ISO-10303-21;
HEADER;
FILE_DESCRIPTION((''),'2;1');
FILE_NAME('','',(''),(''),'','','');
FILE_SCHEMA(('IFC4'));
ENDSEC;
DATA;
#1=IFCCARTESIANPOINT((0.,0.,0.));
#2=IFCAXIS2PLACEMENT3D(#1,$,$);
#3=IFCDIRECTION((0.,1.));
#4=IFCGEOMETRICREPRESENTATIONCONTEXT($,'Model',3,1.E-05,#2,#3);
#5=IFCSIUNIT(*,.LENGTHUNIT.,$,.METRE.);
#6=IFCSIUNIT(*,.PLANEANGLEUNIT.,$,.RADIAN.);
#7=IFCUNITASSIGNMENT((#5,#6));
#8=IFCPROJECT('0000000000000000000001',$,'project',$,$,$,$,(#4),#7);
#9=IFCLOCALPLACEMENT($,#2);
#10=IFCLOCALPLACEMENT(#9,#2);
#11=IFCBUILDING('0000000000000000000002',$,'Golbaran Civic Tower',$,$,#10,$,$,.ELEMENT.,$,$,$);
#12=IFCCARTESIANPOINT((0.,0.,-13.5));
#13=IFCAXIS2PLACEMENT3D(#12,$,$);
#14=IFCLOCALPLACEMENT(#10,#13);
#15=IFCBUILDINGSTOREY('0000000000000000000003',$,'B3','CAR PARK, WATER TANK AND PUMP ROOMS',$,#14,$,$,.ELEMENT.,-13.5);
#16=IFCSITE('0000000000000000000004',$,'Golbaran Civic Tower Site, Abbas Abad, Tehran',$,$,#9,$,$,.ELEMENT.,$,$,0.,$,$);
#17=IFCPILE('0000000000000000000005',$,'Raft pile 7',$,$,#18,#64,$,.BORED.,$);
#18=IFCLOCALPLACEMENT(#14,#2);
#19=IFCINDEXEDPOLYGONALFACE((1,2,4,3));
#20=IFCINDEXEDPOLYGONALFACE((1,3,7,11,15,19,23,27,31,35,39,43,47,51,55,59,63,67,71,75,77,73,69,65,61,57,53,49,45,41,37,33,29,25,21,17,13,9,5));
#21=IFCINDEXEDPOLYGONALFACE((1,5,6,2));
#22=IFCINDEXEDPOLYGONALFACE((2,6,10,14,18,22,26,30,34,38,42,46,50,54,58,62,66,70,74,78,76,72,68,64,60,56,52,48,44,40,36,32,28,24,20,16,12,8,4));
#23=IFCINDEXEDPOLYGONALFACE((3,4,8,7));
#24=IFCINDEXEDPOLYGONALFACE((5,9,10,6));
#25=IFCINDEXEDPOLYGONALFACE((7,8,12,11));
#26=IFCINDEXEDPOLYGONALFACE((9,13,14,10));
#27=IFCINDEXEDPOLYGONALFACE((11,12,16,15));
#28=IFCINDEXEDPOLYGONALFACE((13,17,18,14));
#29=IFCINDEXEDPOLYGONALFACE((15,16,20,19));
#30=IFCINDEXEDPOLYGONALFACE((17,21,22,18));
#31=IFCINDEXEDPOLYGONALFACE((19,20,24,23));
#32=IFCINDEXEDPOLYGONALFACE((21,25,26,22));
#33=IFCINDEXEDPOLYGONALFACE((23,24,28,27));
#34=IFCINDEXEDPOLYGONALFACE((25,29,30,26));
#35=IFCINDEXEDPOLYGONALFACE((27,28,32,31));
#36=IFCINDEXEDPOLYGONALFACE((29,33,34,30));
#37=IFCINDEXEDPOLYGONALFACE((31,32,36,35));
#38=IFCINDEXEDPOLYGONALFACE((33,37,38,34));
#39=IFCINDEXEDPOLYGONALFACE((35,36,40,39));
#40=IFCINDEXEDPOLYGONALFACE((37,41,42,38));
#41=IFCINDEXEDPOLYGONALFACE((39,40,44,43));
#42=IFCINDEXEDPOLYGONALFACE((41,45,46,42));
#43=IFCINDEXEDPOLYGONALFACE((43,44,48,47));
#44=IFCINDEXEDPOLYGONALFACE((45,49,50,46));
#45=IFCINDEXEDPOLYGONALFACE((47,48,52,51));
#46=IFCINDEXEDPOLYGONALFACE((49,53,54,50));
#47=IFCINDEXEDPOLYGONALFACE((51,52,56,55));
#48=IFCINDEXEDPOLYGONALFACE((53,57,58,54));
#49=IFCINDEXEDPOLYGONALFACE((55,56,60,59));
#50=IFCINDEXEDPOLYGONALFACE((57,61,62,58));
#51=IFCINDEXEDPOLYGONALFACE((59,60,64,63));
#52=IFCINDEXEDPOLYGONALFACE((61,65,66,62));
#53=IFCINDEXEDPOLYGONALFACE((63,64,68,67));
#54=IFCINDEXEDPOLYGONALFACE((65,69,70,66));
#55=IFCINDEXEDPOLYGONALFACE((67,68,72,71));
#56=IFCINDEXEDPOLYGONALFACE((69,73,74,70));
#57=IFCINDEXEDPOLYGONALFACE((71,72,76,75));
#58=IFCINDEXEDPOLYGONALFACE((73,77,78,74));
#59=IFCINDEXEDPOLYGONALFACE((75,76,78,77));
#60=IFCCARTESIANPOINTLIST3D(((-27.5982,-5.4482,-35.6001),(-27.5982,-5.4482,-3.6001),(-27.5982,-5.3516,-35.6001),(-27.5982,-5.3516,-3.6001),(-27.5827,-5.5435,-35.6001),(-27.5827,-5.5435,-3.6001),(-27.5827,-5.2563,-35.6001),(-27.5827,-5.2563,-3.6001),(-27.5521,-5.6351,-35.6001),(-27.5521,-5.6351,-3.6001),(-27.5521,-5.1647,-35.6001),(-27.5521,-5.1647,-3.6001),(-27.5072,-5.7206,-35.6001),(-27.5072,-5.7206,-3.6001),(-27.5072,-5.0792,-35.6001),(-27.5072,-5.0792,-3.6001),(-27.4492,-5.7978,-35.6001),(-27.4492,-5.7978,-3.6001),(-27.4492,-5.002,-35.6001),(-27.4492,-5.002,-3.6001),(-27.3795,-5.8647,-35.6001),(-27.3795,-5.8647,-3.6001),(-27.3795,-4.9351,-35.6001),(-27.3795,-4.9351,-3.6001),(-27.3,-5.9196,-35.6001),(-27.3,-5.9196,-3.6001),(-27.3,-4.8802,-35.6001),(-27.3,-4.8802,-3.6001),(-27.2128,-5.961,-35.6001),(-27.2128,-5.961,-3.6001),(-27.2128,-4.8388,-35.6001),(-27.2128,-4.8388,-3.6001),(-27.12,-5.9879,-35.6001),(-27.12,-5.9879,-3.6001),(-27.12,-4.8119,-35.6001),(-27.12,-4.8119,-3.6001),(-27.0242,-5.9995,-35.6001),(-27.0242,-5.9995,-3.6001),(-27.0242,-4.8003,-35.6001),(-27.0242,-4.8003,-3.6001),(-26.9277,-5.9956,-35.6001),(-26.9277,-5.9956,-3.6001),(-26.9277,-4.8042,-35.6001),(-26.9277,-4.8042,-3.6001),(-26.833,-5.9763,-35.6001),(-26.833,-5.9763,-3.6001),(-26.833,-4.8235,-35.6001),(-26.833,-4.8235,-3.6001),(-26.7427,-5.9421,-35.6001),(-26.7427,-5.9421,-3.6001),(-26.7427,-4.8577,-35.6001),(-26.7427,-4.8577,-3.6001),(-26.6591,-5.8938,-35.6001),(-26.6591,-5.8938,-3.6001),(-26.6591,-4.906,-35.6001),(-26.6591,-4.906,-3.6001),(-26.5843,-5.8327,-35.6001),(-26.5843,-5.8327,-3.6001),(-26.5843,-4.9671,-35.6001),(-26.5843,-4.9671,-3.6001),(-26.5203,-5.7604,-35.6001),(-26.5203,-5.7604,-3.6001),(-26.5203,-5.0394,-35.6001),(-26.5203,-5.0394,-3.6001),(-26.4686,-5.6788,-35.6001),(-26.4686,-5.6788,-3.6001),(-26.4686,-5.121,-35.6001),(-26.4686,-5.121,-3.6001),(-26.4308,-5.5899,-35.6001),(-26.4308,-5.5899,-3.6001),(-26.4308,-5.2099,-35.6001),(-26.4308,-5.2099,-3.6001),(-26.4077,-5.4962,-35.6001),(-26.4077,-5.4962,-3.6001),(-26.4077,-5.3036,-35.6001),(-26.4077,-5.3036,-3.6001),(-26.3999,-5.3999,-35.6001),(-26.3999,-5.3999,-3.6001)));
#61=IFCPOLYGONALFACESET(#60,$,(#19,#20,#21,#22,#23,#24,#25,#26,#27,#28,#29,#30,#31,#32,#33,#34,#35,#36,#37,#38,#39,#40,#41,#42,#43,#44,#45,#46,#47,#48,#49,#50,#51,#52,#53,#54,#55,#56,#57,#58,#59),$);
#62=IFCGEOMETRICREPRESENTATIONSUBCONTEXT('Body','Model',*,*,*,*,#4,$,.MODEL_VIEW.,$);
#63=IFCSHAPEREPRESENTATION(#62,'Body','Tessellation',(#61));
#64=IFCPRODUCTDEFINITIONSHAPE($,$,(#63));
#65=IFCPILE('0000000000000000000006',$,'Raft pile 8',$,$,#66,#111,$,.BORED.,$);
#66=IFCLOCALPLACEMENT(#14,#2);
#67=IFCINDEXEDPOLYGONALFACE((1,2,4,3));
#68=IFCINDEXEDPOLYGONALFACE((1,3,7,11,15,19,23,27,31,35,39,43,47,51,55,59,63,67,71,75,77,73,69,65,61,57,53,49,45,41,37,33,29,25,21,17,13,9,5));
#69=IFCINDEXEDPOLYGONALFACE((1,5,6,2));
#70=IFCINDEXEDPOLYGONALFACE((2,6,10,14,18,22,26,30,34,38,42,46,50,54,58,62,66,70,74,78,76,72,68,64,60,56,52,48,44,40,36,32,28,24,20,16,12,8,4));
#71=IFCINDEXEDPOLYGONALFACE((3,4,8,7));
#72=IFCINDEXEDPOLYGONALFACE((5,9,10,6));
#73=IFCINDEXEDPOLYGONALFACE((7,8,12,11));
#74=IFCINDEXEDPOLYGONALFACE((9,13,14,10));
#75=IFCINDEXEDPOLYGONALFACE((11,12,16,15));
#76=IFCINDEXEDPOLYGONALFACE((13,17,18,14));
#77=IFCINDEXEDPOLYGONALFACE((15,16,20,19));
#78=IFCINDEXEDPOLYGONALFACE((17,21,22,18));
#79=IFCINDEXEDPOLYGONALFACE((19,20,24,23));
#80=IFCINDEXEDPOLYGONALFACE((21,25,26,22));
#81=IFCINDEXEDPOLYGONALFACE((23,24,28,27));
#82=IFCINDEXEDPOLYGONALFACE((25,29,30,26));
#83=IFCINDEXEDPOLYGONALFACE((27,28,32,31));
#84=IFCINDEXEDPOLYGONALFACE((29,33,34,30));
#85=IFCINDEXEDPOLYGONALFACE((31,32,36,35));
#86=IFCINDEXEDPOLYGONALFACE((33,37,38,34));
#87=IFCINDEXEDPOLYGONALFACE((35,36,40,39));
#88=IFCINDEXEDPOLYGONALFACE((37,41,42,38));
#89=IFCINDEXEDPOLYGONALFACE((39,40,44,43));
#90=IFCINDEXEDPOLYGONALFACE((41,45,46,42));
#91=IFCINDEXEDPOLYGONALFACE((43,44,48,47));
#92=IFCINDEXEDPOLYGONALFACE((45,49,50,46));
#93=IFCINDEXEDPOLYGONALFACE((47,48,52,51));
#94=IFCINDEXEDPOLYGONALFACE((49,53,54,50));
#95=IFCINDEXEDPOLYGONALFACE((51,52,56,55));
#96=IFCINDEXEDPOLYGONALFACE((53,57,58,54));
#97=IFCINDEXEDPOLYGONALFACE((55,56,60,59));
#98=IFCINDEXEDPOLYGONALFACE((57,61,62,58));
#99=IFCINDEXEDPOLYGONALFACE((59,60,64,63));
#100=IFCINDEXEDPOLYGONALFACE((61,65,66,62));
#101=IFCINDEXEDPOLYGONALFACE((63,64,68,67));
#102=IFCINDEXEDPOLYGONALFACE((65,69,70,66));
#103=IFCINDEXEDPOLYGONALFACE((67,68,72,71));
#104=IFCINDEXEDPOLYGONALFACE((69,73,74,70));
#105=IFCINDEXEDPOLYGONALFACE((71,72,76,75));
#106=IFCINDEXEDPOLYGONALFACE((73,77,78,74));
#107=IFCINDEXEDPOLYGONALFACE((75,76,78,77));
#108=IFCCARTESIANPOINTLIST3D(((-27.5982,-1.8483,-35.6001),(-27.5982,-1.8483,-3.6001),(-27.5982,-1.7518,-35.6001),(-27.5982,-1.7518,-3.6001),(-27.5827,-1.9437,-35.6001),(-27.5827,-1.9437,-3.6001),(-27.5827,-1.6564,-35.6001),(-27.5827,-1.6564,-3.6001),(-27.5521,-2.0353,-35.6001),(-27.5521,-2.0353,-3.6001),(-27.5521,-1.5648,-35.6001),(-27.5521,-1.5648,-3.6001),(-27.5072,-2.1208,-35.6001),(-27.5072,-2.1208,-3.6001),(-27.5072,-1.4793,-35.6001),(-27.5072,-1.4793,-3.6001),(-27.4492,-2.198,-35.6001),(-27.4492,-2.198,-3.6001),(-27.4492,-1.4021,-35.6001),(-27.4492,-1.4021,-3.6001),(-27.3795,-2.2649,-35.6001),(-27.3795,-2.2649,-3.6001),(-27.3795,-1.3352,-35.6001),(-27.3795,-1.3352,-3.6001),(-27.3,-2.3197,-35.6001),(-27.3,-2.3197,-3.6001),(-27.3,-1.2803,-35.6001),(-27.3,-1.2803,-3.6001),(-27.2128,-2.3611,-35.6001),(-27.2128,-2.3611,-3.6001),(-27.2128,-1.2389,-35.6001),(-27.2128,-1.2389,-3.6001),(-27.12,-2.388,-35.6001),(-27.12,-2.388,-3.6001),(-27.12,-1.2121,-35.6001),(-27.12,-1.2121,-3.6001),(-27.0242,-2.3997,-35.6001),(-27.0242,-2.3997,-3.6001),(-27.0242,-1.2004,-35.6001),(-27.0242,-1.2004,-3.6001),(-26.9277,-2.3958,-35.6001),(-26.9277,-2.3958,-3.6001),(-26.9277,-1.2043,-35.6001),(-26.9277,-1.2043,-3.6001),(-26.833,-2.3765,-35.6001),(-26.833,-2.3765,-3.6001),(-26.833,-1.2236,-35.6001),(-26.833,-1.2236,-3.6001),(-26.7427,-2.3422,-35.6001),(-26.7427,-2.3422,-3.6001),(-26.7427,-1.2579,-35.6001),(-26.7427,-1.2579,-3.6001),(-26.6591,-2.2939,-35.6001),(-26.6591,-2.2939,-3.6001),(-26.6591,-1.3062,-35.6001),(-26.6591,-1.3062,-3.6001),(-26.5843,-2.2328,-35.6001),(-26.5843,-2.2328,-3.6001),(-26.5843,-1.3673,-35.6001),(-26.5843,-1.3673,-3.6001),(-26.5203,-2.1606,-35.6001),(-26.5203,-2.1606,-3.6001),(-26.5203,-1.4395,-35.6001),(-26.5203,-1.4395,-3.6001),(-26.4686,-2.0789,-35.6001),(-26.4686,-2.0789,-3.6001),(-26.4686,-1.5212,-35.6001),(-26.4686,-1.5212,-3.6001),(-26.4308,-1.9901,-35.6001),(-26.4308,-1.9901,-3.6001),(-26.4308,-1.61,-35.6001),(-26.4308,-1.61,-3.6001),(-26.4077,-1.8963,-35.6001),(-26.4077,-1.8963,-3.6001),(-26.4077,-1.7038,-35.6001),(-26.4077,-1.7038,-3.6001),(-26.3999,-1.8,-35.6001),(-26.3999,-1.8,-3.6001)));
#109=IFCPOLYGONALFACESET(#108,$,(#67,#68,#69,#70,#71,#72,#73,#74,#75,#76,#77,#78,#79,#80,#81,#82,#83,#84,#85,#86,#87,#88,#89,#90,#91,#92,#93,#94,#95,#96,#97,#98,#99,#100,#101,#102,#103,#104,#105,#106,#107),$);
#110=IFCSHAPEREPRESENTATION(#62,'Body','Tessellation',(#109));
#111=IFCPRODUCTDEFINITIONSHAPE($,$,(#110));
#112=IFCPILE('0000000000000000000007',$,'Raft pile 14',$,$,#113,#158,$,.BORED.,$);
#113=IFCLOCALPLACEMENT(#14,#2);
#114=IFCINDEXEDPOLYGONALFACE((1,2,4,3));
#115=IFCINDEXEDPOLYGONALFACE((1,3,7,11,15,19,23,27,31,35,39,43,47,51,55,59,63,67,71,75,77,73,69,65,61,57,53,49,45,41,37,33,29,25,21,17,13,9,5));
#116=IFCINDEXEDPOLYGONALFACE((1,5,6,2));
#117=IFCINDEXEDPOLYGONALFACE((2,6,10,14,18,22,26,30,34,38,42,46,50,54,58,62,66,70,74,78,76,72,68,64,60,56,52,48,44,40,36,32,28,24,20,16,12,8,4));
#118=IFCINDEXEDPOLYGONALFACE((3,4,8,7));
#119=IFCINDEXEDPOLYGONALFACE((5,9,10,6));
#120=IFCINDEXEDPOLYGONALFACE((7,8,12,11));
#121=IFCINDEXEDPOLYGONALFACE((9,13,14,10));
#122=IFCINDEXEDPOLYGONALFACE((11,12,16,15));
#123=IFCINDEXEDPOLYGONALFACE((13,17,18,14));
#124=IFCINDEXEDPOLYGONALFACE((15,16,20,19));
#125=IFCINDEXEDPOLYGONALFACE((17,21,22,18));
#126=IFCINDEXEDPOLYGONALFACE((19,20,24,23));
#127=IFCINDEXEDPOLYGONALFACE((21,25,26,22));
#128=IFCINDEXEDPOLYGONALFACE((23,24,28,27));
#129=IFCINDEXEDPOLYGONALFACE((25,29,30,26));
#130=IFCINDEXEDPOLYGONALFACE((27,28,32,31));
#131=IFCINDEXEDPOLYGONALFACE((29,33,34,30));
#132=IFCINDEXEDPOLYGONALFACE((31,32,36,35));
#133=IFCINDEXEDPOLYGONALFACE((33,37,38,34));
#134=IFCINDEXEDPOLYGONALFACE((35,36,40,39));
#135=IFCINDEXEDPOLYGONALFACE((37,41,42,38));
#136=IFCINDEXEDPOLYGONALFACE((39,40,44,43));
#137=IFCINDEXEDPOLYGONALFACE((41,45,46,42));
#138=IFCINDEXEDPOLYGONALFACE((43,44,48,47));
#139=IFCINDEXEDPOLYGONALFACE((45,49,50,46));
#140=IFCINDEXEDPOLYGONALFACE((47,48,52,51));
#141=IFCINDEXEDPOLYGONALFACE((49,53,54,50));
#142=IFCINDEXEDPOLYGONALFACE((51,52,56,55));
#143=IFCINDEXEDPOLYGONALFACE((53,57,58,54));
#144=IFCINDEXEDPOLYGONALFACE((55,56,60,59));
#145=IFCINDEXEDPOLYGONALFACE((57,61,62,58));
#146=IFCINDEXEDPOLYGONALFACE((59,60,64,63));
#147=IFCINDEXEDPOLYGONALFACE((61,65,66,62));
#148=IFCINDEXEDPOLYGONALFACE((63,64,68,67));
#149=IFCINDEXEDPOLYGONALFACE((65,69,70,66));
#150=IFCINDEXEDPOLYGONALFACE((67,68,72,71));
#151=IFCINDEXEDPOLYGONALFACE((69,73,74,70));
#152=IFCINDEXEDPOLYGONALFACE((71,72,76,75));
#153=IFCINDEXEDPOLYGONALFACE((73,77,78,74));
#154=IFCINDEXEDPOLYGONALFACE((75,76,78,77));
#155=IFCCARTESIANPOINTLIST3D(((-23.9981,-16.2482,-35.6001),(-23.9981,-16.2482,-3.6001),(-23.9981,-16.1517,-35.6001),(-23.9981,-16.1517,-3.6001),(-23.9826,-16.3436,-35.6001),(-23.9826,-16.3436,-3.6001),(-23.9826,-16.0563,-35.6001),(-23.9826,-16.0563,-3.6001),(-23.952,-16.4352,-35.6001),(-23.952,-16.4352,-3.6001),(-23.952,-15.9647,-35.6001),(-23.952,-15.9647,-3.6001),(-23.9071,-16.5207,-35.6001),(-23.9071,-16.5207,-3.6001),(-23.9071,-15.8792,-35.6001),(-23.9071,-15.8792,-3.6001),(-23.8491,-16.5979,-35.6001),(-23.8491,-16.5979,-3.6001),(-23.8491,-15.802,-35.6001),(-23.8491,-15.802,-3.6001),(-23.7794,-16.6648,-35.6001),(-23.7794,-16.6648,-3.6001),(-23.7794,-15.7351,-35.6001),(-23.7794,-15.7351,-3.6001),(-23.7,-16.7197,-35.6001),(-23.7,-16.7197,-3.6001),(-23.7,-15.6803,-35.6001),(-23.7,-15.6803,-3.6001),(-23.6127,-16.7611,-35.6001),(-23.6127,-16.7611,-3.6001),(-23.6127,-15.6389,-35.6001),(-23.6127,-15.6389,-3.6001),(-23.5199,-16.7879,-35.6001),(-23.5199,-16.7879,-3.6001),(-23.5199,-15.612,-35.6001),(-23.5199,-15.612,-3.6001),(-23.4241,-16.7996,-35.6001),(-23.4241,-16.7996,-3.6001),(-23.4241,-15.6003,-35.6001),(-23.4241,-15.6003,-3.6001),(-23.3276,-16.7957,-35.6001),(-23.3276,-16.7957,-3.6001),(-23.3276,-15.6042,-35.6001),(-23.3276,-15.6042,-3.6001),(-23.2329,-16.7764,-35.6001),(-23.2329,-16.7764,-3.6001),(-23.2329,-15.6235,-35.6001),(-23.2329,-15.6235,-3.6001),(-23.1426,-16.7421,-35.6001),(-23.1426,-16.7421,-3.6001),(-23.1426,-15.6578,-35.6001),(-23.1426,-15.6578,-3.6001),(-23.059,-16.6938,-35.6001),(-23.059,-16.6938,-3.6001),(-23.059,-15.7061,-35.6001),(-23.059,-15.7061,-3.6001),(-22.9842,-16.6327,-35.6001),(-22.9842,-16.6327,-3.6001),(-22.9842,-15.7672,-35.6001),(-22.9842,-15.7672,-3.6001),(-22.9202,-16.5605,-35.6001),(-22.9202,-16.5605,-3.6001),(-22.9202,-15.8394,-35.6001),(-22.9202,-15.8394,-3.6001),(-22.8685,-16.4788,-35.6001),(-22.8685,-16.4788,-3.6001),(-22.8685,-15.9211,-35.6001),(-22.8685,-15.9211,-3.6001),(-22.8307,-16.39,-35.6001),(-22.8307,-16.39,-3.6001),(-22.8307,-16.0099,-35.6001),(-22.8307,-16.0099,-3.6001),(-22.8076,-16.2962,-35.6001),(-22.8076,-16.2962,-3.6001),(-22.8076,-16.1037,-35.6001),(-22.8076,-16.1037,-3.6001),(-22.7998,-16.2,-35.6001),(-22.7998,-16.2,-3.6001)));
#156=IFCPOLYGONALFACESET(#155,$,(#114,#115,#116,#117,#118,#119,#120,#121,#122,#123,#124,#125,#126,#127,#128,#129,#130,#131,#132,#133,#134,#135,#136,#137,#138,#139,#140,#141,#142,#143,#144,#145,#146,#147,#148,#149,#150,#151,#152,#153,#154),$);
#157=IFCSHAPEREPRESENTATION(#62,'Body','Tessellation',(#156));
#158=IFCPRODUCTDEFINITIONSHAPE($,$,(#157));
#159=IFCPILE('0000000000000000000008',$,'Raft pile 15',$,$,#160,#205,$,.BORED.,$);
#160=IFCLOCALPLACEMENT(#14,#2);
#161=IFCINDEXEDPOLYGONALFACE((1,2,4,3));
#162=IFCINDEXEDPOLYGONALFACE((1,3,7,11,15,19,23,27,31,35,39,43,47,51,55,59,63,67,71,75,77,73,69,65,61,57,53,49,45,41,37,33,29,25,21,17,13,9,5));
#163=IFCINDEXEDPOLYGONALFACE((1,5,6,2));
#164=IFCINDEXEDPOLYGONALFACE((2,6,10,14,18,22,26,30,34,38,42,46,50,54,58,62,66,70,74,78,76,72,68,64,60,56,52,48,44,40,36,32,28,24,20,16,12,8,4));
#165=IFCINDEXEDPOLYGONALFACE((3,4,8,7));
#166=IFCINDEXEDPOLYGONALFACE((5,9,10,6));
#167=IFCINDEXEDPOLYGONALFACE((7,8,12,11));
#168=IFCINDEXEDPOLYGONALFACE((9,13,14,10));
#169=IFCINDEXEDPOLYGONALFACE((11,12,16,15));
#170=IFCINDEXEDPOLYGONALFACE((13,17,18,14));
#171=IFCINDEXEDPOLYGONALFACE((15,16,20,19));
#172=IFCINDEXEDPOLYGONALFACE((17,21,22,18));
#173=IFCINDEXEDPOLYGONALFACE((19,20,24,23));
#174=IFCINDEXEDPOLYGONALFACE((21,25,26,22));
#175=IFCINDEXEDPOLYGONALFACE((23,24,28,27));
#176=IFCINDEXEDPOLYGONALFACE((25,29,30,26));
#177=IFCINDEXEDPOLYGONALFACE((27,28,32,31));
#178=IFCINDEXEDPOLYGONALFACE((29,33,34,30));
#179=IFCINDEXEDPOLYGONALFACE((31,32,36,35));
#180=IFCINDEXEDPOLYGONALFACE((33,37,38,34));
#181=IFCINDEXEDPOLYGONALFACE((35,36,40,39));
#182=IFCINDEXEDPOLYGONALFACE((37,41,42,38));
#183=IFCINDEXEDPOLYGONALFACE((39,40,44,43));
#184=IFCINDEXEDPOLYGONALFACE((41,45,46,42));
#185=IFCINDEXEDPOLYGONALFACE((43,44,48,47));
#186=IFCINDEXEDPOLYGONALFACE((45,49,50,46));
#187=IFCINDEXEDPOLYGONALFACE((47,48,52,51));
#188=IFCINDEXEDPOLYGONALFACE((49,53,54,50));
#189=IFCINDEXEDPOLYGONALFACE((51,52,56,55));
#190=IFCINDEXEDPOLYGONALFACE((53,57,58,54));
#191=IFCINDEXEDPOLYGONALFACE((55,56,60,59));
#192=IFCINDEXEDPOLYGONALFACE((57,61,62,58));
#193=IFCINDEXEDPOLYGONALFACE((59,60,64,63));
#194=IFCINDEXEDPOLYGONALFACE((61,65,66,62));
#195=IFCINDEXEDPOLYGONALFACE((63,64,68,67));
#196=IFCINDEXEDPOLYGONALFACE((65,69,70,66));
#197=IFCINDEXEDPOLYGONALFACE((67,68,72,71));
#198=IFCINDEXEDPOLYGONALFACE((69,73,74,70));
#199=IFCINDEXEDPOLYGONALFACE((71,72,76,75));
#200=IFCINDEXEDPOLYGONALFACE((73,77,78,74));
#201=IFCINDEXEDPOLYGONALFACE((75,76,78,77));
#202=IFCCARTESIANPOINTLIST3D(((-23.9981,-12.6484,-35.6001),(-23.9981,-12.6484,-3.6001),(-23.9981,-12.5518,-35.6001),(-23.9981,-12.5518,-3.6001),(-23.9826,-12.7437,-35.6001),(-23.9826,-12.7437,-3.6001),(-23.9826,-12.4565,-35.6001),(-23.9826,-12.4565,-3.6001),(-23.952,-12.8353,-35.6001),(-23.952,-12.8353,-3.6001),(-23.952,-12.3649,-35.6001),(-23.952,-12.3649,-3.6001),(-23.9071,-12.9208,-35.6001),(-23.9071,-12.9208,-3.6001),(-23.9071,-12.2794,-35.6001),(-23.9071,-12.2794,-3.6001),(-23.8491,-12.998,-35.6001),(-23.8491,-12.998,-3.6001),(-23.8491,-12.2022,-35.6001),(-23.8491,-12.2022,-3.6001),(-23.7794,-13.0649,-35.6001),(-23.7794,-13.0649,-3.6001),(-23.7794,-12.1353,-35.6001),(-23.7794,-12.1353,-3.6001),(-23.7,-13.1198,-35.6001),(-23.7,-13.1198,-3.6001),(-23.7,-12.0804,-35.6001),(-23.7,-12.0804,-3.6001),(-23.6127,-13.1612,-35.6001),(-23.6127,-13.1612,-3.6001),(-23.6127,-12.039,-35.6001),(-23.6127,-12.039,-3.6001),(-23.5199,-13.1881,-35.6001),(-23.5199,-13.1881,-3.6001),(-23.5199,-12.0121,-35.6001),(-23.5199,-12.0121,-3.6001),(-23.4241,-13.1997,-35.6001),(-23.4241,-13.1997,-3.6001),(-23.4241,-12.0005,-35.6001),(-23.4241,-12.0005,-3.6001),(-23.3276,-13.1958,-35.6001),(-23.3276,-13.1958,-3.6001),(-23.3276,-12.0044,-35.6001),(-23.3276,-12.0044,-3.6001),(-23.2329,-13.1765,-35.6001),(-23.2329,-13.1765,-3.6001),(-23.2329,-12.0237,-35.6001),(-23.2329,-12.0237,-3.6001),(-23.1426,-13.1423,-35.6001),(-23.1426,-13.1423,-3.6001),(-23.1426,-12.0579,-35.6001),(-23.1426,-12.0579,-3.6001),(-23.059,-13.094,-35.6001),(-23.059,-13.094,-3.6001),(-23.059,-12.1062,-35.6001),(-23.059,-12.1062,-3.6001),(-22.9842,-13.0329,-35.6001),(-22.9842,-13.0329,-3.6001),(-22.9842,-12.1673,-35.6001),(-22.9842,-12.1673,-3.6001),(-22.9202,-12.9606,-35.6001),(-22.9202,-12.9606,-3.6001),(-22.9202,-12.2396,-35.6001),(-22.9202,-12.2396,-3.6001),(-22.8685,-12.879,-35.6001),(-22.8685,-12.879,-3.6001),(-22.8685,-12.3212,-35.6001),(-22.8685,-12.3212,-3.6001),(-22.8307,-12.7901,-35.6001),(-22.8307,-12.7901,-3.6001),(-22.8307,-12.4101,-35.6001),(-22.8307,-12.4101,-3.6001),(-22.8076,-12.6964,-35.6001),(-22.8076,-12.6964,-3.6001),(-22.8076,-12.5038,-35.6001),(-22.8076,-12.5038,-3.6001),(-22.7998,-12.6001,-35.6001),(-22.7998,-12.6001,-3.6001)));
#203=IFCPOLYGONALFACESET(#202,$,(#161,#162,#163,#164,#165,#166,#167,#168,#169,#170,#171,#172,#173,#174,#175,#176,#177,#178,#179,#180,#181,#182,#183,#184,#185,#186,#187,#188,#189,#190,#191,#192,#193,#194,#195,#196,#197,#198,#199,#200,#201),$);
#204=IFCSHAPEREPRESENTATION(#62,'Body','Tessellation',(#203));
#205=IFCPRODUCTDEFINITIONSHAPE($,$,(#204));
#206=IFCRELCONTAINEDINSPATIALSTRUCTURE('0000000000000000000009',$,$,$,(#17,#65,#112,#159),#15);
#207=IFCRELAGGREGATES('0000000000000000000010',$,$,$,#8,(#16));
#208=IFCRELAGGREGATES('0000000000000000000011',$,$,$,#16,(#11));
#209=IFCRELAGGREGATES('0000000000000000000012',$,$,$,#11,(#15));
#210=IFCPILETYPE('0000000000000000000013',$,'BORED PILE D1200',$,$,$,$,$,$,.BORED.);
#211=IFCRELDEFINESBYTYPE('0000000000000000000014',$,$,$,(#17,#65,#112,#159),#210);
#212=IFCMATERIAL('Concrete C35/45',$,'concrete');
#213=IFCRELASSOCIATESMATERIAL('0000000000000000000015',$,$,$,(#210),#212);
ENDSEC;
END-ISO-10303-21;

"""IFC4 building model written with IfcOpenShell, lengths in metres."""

from ifc_helpers import new_model, si_unit, direction, frame, origin, origin_2d, place, context, subcontext, project, spatial, circle, extrude, material, material_profile, profile_set, type_object, element, save


model = new_model("IFC4")

# Units and contexts
model_context = context("Model", 3, precision=1e-05, world=origin(), true_north=direction((0.0, 1.0)))
body_context = subcontext(model_context, "Body", "Model", "MODEL_VIEW")
ifc_project = project(units=[si_unit("LENGTHUNIT", "METRE"), si_unit("PLANEANGLEUNIT", "RADIAN")], contexts=[model_context])

# Site, building, storey
site_placement = place(None, origin())
site = spatial("IfcSite", under=ifc_project, at=site_placement, Name="Golbaran Civic Tower Site, Abbas Abad, Tehran", CompositionType="ELEMENT", RefElevation=0.0)
building_placement = place(site_placement, origin())
building = spatial("IfcBuilding", under=site, at=building_placement, Name="Golbaran Civic Tower", CompositionType="ELEMENT")
storey_placement = place(building_placement, frame((0.0, 0.0, -13.5)))
storey = spatial("IfcBuildingStorey", under=building, at=storey_placement, Name="B3", Description="CAR PARK, WATER TANK AND PUMP ROOMS", CompositionType="ELEMENT", Elevation=-13.5)

# Piles
ifc_material_1 = material(Name="Concrete C35/45", Category="concrete")
ifc_material_profile_1 = material_profile(ifc_material_1, circle(Radius=0.6001, at=origin_2d()), Name="BORED PILE D1200")
ifc_profile_set_1 = profile_set([ifc_material_profile_1], Name="Concrete C35/45")
pile_type_1 = type_object("IfcPileType", Name="BORED PILE D1200", PredefinedType="BORED", material=ifc_profile_set_1)
for number, where, z_axis, x_axis, name in (
    (1, (-27.0, -5.3999, -3.6001), (0.0, 0.0, -1.0), (1.0, 0.0, 0.0), "Raft pile 7"),
    (2, (-27.0, -1.8, -3.6001), (0.0, 0.0, -1.0), (1.0, 0.0, 0.0), "Raft pile 8"),
    (3, (-23.3999, -16.2, -3.6001), (0.0, 0.0, -1.0), (1.0, 0.0, 0.0), "Raft pile 14"),
    (4, (-23.3999, -12.6001, -3.6001), (0.0, 0.0, -1.0), (1.0, 0.0, 0.0), "Raft pile 15"),
):
    element("IfcPile", number, at=place(storey_placement, frame(where, z_axis=z_axis, x_axis=x_axis)), inside=storey, type_object=pile_type_1, Name=name, PredefinedType="BORED", context=body_context, shape_type="SweptSolid", body=[
        extrude(circle(Radius=0.6001, at=origin_2d()), origin(), (0.0, 0.0, 1.0), 32.0),
    ])

save(model, "model.ifc")
